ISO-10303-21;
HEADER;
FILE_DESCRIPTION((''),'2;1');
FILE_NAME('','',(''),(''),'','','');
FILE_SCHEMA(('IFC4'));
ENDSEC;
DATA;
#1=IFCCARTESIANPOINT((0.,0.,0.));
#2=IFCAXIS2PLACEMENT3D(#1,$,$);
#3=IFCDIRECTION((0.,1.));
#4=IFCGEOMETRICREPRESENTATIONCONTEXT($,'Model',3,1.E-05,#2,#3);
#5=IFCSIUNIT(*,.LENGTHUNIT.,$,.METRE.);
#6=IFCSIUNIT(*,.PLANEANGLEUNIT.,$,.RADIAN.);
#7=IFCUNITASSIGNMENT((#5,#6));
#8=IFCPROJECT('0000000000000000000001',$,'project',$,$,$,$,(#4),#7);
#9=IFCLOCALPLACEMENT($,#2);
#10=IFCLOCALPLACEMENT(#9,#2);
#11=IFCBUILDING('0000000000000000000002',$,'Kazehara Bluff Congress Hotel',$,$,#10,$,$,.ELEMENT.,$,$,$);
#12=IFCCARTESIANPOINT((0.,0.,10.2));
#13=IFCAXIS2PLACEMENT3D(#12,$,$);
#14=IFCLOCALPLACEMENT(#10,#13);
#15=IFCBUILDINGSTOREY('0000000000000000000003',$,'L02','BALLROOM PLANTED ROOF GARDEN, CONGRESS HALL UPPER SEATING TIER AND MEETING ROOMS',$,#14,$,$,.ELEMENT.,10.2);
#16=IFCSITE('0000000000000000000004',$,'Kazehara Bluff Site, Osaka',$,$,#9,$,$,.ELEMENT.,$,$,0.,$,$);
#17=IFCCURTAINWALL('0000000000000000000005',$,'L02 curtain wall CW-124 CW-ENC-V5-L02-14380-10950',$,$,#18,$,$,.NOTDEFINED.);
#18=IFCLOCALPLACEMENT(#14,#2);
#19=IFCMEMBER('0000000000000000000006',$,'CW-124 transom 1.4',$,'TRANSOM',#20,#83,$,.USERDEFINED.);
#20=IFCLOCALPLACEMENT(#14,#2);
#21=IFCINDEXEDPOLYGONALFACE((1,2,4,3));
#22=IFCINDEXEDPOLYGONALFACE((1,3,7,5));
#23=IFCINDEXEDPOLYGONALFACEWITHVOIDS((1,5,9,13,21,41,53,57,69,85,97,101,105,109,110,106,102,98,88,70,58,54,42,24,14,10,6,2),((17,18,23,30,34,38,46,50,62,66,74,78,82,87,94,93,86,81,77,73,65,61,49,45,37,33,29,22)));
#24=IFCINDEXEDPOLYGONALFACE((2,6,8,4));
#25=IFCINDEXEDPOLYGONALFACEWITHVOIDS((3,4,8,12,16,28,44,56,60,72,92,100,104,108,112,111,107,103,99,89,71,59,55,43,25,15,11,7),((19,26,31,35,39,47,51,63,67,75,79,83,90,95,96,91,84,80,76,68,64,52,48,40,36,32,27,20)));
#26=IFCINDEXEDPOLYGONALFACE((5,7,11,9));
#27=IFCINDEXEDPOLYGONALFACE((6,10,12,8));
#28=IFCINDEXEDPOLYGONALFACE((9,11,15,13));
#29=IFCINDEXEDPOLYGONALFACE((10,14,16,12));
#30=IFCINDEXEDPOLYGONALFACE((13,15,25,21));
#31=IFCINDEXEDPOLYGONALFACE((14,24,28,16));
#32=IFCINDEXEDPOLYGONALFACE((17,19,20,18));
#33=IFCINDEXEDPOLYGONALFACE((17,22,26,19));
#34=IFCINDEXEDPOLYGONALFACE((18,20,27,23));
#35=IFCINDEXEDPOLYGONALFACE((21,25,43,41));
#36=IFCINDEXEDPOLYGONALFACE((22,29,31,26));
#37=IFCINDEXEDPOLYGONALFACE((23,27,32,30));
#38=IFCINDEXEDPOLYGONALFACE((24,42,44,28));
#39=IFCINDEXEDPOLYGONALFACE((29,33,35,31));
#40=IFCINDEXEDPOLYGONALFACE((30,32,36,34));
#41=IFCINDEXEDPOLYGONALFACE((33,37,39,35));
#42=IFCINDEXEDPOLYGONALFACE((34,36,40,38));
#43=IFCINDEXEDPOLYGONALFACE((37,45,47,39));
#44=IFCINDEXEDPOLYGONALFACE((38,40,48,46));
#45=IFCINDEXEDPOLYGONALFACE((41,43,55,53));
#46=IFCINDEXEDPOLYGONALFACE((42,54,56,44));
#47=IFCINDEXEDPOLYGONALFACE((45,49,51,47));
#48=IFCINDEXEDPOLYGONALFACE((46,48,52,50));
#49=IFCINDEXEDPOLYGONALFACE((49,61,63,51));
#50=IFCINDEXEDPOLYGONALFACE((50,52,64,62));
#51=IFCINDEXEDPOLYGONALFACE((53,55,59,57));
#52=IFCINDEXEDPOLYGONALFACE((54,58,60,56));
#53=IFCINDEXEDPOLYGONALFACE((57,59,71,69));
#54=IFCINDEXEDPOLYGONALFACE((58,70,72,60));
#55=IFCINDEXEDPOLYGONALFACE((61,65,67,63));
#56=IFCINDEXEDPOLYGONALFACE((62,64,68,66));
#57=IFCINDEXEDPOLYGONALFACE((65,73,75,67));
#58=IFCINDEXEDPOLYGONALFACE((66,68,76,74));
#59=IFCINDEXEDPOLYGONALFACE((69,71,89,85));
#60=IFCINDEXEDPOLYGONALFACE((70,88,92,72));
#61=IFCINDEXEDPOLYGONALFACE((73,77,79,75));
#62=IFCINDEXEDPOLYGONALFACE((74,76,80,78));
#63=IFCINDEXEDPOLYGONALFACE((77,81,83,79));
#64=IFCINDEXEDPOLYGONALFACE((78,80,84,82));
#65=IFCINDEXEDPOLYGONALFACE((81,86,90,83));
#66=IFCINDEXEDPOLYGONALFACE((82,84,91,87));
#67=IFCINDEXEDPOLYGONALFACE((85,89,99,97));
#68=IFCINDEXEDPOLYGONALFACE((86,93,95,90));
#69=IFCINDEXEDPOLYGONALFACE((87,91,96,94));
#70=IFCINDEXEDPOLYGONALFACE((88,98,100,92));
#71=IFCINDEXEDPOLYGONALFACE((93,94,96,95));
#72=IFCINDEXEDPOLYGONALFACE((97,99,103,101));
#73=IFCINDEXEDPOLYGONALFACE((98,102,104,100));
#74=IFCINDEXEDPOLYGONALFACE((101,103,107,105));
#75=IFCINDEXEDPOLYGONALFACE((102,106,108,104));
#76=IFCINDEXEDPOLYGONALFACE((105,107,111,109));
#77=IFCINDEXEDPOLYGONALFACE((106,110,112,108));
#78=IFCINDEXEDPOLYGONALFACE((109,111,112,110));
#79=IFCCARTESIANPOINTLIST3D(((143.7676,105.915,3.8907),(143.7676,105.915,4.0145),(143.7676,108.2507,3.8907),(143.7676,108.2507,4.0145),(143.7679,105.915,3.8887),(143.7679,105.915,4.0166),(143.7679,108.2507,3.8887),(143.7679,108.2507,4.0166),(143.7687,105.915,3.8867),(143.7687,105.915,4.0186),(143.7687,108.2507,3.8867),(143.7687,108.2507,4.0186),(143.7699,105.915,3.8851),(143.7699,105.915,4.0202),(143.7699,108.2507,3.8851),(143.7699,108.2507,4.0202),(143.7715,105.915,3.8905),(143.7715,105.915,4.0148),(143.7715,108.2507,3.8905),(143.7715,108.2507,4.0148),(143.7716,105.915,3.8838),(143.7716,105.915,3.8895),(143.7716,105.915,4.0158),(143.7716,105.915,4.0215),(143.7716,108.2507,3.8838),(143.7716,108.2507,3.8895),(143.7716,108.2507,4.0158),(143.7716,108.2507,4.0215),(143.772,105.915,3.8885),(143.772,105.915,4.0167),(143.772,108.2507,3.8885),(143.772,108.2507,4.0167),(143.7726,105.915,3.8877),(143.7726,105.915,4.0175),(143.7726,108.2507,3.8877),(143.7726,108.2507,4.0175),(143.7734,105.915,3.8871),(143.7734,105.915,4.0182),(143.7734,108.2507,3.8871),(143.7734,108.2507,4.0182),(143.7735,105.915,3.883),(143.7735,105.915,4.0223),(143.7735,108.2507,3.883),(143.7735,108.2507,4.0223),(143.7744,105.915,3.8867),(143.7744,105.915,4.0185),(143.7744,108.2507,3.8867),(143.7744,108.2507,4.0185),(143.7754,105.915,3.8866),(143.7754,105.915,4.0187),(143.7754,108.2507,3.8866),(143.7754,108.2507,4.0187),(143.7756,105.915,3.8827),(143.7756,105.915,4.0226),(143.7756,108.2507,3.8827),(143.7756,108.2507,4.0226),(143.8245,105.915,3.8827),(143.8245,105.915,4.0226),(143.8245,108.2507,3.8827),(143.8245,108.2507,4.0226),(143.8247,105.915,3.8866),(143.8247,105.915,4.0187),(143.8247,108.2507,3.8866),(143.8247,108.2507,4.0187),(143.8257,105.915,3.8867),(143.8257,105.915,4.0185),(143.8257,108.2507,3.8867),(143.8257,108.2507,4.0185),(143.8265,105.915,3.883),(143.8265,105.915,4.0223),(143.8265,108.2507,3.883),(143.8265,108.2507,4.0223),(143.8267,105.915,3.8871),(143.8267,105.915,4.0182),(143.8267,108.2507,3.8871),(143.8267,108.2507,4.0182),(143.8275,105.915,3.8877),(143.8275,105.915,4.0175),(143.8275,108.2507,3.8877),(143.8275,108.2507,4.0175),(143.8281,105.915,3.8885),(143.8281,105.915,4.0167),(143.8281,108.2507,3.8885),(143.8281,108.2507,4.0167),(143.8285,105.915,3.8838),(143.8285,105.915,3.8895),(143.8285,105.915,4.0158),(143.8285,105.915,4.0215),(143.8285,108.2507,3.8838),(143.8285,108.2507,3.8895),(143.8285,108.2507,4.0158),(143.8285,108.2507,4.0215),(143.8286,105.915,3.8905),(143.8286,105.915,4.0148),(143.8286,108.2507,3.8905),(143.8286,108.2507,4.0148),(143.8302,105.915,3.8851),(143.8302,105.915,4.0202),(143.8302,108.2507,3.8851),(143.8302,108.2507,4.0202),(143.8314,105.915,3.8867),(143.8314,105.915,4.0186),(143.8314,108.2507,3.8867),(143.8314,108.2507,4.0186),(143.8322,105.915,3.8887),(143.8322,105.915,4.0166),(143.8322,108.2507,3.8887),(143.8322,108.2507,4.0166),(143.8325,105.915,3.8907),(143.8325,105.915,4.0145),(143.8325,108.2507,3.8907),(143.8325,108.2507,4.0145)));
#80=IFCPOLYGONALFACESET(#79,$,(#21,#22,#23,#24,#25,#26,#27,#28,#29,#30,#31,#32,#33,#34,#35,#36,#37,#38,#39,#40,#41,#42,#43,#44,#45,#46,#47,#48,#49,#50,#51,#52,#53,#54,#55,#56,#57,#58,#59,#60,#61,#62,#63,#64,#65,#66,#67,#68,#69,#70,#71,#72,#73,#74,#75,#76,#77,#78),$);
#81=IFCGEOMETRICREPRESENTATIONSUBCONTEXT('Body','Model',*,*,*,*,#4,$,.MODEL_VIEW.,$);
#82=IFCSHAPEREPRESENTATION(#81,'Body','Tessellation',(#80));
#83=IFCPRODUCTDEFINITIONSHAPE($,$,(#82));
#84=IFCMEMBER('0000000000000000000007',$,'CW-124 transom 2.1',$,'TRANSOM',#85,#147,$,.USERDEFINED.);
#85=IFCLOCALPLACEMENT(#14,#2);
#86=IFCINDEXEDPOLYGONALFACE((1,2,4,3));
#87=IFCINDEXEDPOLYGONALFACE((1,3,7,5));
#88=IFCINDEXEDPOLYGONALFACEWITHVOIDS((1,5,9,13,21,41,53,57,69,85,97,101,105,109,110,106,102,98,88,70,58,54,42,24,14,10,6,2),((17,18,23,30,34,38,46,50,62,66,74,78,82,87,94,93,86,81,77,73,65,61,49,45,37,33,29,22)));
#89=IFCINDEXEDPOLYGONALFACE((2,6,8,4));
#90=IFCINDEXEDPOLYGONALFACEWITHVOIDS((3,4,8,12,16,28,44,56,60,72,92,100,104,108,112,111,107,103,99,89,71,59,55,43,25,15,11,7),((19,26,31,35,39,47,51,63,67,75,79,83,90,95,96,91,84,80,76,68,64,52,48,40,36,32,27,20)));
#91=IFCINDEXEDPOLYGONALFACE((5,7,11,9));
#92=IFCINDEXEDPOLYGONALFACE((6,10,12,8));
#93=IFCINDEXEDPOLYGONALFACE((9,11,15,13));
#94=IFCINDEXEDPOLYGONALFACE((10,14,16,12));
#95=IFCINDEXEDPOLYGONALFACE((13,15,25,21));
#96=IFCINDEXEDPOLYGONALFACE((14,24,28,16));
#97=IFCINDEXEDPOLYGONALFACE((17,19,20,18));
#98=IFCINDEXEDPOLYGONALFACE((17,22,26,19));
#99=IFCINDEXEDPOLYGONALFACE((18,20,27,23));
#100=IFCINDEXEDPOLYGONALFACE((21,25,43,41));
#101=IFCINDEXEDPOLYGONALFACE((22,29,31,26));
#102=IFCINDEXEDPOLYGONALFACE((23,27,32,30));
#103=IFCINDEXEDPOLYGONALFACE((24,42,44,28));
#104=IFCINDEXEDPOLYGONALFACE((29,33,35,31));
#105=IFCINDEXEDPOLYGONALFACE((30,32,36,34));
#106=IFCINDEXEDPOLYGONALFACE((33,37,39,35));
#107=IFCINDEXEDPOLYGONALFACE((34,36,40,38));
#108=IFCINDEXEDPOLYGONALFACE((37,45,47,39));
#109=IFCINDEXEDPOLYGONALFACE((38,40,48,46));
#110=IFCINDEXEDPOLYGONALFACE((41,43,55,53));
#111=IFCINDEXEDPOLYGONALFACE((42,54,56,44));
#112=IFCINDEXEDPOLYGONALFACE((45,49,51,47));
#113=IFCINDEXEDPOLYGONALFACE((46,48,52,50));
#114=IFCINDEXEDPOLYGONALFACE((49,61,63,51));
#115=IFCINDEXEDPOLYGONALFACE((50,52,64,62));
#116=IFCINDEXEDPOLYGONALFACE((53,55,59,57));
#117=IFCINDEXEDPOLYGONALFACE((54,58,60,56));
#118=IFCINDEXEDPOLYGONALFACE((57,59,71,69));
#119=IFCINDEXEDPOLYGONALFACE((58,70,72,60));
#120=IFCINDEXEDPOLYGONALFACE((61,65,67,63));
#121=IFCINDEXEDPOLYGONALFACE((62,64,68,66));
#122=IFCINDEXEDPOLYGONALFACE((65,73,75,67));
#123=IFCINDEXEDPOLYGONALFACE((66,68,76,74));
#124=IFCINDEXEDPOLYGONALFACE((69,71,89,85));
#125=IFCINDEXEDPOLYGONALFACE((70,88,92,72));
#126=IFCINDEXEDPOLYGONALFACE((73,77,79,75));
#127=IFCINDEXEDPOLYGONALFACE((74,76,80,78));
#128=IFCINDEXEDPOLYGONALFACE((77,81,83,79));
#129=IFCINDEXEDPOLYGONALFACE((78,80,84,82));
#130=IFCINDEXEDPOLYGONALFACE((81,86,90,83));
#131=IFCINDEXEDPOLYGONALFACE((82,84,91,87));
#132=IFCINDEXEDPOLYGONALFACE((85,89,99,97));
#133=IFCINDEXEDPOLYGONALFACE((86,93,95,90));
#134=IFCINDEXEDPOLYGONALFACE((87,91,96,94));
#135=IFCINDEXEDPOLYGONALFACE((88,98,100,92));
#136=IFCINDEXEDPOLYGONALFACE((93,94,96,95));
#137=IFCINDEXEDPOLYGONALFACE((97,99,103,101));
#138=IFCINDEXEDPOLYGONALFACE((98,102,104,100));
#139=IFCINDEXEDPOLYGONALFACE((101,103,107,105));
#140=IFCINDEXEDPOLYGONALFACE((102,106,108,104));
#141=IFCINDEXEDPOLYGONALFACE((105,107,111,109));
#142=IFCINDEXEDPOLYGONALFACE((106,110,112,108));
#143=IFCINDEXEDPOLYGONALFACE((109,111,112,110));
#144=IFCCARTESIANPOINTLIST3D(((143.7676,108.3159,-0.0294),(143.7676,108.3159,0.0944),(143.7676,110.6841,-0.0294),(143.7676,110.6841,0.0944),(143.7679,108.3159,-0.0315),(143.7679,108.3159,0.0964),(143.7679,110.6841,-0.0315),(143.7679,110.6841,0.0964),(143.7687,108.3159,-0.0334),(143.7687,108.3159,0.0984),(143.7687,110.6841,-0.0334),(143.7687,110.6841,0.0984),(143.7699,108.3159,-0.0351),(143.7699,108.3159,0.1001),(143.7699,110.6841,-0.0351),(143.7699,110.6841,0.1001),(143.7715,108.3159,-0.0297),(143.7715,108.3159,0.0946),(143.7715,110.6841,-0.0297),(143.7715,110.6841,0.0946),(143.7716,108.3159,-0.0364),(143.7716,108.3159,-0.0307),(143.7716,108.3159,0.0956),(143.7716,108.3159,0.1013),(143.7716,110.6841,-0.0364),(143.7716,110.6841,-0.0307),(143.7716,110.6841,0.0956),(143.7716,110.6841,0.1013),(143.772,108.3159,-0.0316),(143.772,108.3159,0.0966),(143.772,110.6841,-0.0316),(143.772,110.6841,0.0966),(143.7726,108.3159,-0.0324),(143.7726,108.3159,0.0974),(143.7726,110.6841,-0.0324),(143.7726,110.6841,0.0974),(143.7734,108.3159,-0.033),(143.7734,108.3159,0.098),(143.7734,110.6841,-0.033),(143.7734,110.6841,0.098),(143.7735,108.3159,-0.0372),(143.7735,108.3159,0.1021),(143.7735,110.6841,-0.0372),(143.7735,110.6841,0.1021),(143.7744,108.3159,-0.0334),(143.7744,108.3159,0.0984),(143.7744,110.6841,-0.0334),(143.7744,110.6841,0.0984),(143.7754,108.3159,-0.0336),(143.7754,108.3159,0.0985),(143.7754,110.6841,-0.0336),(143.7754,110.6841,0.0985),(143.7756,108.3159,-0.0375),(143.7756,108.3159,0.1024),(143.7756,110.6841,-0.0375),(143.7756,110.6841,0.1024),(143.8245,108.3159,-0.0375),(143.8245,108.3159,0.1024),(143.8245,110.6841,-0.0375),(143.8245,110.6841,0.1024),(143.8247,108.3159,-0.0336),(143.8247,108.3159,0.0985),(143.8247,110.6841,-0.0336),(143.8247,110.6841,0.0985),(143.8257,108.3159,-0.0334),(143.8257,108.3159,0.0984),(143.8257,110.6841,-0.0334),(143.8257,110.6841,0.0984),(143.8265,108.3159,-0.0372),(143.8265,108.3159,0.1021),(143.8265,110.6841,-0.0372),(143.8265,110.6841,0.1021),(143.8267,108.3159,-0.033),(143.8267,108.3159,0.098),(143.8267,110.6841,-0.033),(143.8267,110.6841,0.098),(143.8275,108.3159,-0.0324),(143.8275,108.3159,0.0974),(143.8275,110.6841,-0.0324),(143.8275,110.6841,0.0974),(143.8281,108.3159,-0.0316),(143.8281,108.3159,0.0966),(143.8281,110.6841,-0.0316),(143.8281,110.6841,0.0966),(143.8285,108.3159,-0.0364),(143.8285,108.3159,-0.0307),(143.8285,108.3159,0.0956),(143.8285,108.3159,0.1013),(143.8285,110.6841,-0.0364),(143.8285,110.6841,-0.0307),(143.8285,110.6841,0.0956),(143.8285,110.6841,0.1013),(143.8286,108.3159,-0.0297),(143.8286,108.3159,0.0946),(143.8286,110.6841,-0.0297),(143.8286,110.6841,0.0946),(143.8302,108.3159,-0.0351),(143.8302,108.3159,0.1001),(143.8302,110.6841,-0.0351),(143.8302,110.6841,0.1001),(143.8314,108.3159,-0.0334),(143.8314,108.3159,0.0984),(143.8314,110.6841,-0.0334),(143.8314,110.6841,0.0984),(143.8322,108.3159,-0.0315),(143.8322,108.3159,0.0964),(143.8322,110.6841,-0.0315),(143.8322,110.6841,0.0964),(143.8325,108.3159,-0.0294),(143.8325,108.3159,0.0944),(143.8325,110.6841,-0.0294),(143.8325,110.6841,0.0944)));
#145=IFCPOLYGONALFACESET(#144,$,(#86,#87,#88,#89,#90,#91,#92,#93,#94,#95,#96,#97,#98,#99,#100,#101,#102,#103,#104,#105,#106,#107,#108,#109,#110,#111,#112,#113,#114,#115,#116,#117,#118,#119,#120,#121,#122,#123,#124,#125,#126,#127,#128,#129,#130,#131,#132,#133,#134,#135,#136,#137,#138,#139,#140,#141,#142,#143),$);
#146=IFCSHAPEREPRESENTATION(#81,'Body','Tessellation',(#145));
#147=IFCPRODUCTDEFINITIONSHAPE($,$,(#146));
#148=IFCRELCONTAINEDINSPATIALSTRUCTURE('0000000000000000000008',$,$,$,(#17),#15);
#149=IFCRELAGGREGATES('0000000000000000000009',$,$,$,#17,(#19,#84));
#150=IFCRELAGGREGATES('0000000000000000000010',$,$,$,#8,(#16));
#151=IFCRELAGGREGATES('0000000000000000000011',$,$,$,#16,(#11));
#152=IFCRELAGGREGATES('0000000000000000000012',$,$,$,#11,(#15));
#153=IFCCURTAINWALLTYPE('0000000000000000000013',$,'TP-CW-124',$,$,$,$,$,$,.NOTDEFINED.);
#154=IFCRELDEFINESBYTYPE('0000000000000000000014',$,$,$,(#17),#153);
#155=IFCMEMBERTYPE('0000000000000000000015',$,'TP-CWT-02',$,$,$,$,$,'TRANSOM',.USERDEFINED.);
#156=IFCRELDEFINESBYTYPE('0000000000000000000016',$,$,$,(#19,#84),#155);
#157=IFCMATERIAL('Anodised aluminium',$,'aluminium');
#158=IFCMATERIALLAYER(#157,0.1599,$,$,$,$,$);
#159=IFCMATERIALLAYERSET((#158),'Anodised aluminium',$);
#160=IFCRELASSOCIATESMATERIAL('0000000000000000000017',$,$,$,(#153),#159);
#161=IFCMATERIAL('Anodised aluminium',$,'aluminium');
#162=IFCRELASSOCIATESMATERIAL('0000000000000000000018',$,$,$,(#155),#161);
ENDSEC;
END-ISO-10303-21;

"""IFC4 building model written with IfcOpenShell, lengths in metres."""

from ifc_helpers import new_model, si_unit, direction, frame, origin, origin_2d, place, context, subcontext, project, spatial, hollow_rectangle, extrude, material, layer, layer_set, material_profile, profile_set, type_object, element, aggregate, save


model = new_model("IFC4")

# Units and contexts
model_context = context("Model", 3, precision=1e-05, world=origin(), true_north=direction((0.0, 1.0)))
body_context = subcontext(model_context, "Body", "Model", "MODEL_VIEW")
ifc_project = project(units=[si_unit("LENGTHUNIT", "METRE"), si_unit("PLANEANGLEUNIT", "RADIAN")], contexts=[model_context])

# Site, building, storey
site_placement = place(None, origin())
site = spatial("IfcSite", under=ifc_project, at=site_placement, Name="Kazehara Bluff Site, Osaka", CompositionType="ELEMENT", RefElevation=0.0)
building_placement = place(site_placement, origin())
building = spatial("IfcBuilding", under=site, at=building_placement, Name="Kazehara Bluff Congress Hotel", CompositionType="ELEMENT")
storey_placement = place(building_placement, frame((0.0, 0.0, 10.2)))
storey = spatial("IfcBuildingStorey", under=building, at=storey_placement, Name="L02", Description="BALLROOM PLANTED ROOF GARDEN, CONGRESS HALL UPPER SEATING TIER AND MEETING ROOMS", CompositionType="ELEMENT", Elevation=10.2)

# Curtain wall, members
ifc_material_1 = material(Name="Anodised aluminium", Category="aluminium")
ifc_layer_1 = layer(ifc_material_1, 0.1599)
ifc_layer_set_1 = layer_set([ifc_layer_1], Name="Anodised aluminium")
curtain_wall_type = type_object("IfcCurtainWallType", Name="TP-CW-124", PredefinedType="NOTDEFINED", material=ifc_layer_set_1)
curtain_wall_placement = place(storey_placement, origin())
curtain_wall = element("IfcCurtainWall", 1, at=curtain_wall_placement, inside=storey, type_object=curtain_wall_type, Name="L02 curtain wall CW-124 CW-ENC-V5-L02-14380-10950", PredefinedType="NOTDEFINED")
ifc_material_2 = material(Name="Anodised aluminium", Category="aluminium")
ifc_material_profile_1 = material_profile(ifc_material_2, hollow_rectangle(XDim=0.0649, YDim=0.1399, WallThickness=0.0039, InnerFilletRadius=0.0039, OuterFilletRadius=0.0081, at=origin_2d()))
ifc_profile_set_1 = profile_set([ifc_material_profile_1], Name="Anodised aluminium")
member_type_1 = type_object("IfcMemberType", Name="TP-CWT-02", ElementType="TRANSOM", PredefinedType="USERDEFINED", material=ifc_profile_set_1)
member_1_placement = place(storey_placement, frame((143.8, 105.915, 3.9526), z_axis=(0.0, 1.0, 0.0), x_axis=(-1.0, 0.0, 0.0)))
member_1 = element("IfcMember", 2, at=member_1_placement, type_object=member_type_1, Name="CW-124 transom 1.4", ObjectType="TRANSOM", PredefinedType="USERDEFINED", context=body_context, shape_type="SweptSolid", body=[
    extrude(hollow_rectangle(XDim=0.0649, YDim=0.1399, WallThickness=0.0039, InnerFilletRadius=0.0039, OuterFilletRadius=0.0081, at=origin_2d()), origin(), (0.0, 0.0, 1.0), 2.3357),
])
member_2_placement = place(storey_placement, frame((143.8, 108.3159, 0.0325), z_axis=(0.0, 1.0, 0.0), x_axis=(-1.0, 0.0, 0.0)))
member_2 = element("IfcMember", 3, at=member_2_placement, type_object=member_type_1, Name="CW-124 transom 2.1", ObjectType="TRANSOM", PredefinedType="USERDEFINED", context=body_context, shape_type="SweptSolid", body=[
    extrude(hollow_rectangle(XDim=0.0649, YDim=0.1399, WallThickness=0.0039, InnerFilletRadius=0.0039, OuterFilletRadius=0.0081, at=origin_2d()), origin(), (0.0, 0.0, 1.0), 2.3682),
])

aggregate(curtain_wall, [member_1, member_2])

save(model, "model.ifc")
